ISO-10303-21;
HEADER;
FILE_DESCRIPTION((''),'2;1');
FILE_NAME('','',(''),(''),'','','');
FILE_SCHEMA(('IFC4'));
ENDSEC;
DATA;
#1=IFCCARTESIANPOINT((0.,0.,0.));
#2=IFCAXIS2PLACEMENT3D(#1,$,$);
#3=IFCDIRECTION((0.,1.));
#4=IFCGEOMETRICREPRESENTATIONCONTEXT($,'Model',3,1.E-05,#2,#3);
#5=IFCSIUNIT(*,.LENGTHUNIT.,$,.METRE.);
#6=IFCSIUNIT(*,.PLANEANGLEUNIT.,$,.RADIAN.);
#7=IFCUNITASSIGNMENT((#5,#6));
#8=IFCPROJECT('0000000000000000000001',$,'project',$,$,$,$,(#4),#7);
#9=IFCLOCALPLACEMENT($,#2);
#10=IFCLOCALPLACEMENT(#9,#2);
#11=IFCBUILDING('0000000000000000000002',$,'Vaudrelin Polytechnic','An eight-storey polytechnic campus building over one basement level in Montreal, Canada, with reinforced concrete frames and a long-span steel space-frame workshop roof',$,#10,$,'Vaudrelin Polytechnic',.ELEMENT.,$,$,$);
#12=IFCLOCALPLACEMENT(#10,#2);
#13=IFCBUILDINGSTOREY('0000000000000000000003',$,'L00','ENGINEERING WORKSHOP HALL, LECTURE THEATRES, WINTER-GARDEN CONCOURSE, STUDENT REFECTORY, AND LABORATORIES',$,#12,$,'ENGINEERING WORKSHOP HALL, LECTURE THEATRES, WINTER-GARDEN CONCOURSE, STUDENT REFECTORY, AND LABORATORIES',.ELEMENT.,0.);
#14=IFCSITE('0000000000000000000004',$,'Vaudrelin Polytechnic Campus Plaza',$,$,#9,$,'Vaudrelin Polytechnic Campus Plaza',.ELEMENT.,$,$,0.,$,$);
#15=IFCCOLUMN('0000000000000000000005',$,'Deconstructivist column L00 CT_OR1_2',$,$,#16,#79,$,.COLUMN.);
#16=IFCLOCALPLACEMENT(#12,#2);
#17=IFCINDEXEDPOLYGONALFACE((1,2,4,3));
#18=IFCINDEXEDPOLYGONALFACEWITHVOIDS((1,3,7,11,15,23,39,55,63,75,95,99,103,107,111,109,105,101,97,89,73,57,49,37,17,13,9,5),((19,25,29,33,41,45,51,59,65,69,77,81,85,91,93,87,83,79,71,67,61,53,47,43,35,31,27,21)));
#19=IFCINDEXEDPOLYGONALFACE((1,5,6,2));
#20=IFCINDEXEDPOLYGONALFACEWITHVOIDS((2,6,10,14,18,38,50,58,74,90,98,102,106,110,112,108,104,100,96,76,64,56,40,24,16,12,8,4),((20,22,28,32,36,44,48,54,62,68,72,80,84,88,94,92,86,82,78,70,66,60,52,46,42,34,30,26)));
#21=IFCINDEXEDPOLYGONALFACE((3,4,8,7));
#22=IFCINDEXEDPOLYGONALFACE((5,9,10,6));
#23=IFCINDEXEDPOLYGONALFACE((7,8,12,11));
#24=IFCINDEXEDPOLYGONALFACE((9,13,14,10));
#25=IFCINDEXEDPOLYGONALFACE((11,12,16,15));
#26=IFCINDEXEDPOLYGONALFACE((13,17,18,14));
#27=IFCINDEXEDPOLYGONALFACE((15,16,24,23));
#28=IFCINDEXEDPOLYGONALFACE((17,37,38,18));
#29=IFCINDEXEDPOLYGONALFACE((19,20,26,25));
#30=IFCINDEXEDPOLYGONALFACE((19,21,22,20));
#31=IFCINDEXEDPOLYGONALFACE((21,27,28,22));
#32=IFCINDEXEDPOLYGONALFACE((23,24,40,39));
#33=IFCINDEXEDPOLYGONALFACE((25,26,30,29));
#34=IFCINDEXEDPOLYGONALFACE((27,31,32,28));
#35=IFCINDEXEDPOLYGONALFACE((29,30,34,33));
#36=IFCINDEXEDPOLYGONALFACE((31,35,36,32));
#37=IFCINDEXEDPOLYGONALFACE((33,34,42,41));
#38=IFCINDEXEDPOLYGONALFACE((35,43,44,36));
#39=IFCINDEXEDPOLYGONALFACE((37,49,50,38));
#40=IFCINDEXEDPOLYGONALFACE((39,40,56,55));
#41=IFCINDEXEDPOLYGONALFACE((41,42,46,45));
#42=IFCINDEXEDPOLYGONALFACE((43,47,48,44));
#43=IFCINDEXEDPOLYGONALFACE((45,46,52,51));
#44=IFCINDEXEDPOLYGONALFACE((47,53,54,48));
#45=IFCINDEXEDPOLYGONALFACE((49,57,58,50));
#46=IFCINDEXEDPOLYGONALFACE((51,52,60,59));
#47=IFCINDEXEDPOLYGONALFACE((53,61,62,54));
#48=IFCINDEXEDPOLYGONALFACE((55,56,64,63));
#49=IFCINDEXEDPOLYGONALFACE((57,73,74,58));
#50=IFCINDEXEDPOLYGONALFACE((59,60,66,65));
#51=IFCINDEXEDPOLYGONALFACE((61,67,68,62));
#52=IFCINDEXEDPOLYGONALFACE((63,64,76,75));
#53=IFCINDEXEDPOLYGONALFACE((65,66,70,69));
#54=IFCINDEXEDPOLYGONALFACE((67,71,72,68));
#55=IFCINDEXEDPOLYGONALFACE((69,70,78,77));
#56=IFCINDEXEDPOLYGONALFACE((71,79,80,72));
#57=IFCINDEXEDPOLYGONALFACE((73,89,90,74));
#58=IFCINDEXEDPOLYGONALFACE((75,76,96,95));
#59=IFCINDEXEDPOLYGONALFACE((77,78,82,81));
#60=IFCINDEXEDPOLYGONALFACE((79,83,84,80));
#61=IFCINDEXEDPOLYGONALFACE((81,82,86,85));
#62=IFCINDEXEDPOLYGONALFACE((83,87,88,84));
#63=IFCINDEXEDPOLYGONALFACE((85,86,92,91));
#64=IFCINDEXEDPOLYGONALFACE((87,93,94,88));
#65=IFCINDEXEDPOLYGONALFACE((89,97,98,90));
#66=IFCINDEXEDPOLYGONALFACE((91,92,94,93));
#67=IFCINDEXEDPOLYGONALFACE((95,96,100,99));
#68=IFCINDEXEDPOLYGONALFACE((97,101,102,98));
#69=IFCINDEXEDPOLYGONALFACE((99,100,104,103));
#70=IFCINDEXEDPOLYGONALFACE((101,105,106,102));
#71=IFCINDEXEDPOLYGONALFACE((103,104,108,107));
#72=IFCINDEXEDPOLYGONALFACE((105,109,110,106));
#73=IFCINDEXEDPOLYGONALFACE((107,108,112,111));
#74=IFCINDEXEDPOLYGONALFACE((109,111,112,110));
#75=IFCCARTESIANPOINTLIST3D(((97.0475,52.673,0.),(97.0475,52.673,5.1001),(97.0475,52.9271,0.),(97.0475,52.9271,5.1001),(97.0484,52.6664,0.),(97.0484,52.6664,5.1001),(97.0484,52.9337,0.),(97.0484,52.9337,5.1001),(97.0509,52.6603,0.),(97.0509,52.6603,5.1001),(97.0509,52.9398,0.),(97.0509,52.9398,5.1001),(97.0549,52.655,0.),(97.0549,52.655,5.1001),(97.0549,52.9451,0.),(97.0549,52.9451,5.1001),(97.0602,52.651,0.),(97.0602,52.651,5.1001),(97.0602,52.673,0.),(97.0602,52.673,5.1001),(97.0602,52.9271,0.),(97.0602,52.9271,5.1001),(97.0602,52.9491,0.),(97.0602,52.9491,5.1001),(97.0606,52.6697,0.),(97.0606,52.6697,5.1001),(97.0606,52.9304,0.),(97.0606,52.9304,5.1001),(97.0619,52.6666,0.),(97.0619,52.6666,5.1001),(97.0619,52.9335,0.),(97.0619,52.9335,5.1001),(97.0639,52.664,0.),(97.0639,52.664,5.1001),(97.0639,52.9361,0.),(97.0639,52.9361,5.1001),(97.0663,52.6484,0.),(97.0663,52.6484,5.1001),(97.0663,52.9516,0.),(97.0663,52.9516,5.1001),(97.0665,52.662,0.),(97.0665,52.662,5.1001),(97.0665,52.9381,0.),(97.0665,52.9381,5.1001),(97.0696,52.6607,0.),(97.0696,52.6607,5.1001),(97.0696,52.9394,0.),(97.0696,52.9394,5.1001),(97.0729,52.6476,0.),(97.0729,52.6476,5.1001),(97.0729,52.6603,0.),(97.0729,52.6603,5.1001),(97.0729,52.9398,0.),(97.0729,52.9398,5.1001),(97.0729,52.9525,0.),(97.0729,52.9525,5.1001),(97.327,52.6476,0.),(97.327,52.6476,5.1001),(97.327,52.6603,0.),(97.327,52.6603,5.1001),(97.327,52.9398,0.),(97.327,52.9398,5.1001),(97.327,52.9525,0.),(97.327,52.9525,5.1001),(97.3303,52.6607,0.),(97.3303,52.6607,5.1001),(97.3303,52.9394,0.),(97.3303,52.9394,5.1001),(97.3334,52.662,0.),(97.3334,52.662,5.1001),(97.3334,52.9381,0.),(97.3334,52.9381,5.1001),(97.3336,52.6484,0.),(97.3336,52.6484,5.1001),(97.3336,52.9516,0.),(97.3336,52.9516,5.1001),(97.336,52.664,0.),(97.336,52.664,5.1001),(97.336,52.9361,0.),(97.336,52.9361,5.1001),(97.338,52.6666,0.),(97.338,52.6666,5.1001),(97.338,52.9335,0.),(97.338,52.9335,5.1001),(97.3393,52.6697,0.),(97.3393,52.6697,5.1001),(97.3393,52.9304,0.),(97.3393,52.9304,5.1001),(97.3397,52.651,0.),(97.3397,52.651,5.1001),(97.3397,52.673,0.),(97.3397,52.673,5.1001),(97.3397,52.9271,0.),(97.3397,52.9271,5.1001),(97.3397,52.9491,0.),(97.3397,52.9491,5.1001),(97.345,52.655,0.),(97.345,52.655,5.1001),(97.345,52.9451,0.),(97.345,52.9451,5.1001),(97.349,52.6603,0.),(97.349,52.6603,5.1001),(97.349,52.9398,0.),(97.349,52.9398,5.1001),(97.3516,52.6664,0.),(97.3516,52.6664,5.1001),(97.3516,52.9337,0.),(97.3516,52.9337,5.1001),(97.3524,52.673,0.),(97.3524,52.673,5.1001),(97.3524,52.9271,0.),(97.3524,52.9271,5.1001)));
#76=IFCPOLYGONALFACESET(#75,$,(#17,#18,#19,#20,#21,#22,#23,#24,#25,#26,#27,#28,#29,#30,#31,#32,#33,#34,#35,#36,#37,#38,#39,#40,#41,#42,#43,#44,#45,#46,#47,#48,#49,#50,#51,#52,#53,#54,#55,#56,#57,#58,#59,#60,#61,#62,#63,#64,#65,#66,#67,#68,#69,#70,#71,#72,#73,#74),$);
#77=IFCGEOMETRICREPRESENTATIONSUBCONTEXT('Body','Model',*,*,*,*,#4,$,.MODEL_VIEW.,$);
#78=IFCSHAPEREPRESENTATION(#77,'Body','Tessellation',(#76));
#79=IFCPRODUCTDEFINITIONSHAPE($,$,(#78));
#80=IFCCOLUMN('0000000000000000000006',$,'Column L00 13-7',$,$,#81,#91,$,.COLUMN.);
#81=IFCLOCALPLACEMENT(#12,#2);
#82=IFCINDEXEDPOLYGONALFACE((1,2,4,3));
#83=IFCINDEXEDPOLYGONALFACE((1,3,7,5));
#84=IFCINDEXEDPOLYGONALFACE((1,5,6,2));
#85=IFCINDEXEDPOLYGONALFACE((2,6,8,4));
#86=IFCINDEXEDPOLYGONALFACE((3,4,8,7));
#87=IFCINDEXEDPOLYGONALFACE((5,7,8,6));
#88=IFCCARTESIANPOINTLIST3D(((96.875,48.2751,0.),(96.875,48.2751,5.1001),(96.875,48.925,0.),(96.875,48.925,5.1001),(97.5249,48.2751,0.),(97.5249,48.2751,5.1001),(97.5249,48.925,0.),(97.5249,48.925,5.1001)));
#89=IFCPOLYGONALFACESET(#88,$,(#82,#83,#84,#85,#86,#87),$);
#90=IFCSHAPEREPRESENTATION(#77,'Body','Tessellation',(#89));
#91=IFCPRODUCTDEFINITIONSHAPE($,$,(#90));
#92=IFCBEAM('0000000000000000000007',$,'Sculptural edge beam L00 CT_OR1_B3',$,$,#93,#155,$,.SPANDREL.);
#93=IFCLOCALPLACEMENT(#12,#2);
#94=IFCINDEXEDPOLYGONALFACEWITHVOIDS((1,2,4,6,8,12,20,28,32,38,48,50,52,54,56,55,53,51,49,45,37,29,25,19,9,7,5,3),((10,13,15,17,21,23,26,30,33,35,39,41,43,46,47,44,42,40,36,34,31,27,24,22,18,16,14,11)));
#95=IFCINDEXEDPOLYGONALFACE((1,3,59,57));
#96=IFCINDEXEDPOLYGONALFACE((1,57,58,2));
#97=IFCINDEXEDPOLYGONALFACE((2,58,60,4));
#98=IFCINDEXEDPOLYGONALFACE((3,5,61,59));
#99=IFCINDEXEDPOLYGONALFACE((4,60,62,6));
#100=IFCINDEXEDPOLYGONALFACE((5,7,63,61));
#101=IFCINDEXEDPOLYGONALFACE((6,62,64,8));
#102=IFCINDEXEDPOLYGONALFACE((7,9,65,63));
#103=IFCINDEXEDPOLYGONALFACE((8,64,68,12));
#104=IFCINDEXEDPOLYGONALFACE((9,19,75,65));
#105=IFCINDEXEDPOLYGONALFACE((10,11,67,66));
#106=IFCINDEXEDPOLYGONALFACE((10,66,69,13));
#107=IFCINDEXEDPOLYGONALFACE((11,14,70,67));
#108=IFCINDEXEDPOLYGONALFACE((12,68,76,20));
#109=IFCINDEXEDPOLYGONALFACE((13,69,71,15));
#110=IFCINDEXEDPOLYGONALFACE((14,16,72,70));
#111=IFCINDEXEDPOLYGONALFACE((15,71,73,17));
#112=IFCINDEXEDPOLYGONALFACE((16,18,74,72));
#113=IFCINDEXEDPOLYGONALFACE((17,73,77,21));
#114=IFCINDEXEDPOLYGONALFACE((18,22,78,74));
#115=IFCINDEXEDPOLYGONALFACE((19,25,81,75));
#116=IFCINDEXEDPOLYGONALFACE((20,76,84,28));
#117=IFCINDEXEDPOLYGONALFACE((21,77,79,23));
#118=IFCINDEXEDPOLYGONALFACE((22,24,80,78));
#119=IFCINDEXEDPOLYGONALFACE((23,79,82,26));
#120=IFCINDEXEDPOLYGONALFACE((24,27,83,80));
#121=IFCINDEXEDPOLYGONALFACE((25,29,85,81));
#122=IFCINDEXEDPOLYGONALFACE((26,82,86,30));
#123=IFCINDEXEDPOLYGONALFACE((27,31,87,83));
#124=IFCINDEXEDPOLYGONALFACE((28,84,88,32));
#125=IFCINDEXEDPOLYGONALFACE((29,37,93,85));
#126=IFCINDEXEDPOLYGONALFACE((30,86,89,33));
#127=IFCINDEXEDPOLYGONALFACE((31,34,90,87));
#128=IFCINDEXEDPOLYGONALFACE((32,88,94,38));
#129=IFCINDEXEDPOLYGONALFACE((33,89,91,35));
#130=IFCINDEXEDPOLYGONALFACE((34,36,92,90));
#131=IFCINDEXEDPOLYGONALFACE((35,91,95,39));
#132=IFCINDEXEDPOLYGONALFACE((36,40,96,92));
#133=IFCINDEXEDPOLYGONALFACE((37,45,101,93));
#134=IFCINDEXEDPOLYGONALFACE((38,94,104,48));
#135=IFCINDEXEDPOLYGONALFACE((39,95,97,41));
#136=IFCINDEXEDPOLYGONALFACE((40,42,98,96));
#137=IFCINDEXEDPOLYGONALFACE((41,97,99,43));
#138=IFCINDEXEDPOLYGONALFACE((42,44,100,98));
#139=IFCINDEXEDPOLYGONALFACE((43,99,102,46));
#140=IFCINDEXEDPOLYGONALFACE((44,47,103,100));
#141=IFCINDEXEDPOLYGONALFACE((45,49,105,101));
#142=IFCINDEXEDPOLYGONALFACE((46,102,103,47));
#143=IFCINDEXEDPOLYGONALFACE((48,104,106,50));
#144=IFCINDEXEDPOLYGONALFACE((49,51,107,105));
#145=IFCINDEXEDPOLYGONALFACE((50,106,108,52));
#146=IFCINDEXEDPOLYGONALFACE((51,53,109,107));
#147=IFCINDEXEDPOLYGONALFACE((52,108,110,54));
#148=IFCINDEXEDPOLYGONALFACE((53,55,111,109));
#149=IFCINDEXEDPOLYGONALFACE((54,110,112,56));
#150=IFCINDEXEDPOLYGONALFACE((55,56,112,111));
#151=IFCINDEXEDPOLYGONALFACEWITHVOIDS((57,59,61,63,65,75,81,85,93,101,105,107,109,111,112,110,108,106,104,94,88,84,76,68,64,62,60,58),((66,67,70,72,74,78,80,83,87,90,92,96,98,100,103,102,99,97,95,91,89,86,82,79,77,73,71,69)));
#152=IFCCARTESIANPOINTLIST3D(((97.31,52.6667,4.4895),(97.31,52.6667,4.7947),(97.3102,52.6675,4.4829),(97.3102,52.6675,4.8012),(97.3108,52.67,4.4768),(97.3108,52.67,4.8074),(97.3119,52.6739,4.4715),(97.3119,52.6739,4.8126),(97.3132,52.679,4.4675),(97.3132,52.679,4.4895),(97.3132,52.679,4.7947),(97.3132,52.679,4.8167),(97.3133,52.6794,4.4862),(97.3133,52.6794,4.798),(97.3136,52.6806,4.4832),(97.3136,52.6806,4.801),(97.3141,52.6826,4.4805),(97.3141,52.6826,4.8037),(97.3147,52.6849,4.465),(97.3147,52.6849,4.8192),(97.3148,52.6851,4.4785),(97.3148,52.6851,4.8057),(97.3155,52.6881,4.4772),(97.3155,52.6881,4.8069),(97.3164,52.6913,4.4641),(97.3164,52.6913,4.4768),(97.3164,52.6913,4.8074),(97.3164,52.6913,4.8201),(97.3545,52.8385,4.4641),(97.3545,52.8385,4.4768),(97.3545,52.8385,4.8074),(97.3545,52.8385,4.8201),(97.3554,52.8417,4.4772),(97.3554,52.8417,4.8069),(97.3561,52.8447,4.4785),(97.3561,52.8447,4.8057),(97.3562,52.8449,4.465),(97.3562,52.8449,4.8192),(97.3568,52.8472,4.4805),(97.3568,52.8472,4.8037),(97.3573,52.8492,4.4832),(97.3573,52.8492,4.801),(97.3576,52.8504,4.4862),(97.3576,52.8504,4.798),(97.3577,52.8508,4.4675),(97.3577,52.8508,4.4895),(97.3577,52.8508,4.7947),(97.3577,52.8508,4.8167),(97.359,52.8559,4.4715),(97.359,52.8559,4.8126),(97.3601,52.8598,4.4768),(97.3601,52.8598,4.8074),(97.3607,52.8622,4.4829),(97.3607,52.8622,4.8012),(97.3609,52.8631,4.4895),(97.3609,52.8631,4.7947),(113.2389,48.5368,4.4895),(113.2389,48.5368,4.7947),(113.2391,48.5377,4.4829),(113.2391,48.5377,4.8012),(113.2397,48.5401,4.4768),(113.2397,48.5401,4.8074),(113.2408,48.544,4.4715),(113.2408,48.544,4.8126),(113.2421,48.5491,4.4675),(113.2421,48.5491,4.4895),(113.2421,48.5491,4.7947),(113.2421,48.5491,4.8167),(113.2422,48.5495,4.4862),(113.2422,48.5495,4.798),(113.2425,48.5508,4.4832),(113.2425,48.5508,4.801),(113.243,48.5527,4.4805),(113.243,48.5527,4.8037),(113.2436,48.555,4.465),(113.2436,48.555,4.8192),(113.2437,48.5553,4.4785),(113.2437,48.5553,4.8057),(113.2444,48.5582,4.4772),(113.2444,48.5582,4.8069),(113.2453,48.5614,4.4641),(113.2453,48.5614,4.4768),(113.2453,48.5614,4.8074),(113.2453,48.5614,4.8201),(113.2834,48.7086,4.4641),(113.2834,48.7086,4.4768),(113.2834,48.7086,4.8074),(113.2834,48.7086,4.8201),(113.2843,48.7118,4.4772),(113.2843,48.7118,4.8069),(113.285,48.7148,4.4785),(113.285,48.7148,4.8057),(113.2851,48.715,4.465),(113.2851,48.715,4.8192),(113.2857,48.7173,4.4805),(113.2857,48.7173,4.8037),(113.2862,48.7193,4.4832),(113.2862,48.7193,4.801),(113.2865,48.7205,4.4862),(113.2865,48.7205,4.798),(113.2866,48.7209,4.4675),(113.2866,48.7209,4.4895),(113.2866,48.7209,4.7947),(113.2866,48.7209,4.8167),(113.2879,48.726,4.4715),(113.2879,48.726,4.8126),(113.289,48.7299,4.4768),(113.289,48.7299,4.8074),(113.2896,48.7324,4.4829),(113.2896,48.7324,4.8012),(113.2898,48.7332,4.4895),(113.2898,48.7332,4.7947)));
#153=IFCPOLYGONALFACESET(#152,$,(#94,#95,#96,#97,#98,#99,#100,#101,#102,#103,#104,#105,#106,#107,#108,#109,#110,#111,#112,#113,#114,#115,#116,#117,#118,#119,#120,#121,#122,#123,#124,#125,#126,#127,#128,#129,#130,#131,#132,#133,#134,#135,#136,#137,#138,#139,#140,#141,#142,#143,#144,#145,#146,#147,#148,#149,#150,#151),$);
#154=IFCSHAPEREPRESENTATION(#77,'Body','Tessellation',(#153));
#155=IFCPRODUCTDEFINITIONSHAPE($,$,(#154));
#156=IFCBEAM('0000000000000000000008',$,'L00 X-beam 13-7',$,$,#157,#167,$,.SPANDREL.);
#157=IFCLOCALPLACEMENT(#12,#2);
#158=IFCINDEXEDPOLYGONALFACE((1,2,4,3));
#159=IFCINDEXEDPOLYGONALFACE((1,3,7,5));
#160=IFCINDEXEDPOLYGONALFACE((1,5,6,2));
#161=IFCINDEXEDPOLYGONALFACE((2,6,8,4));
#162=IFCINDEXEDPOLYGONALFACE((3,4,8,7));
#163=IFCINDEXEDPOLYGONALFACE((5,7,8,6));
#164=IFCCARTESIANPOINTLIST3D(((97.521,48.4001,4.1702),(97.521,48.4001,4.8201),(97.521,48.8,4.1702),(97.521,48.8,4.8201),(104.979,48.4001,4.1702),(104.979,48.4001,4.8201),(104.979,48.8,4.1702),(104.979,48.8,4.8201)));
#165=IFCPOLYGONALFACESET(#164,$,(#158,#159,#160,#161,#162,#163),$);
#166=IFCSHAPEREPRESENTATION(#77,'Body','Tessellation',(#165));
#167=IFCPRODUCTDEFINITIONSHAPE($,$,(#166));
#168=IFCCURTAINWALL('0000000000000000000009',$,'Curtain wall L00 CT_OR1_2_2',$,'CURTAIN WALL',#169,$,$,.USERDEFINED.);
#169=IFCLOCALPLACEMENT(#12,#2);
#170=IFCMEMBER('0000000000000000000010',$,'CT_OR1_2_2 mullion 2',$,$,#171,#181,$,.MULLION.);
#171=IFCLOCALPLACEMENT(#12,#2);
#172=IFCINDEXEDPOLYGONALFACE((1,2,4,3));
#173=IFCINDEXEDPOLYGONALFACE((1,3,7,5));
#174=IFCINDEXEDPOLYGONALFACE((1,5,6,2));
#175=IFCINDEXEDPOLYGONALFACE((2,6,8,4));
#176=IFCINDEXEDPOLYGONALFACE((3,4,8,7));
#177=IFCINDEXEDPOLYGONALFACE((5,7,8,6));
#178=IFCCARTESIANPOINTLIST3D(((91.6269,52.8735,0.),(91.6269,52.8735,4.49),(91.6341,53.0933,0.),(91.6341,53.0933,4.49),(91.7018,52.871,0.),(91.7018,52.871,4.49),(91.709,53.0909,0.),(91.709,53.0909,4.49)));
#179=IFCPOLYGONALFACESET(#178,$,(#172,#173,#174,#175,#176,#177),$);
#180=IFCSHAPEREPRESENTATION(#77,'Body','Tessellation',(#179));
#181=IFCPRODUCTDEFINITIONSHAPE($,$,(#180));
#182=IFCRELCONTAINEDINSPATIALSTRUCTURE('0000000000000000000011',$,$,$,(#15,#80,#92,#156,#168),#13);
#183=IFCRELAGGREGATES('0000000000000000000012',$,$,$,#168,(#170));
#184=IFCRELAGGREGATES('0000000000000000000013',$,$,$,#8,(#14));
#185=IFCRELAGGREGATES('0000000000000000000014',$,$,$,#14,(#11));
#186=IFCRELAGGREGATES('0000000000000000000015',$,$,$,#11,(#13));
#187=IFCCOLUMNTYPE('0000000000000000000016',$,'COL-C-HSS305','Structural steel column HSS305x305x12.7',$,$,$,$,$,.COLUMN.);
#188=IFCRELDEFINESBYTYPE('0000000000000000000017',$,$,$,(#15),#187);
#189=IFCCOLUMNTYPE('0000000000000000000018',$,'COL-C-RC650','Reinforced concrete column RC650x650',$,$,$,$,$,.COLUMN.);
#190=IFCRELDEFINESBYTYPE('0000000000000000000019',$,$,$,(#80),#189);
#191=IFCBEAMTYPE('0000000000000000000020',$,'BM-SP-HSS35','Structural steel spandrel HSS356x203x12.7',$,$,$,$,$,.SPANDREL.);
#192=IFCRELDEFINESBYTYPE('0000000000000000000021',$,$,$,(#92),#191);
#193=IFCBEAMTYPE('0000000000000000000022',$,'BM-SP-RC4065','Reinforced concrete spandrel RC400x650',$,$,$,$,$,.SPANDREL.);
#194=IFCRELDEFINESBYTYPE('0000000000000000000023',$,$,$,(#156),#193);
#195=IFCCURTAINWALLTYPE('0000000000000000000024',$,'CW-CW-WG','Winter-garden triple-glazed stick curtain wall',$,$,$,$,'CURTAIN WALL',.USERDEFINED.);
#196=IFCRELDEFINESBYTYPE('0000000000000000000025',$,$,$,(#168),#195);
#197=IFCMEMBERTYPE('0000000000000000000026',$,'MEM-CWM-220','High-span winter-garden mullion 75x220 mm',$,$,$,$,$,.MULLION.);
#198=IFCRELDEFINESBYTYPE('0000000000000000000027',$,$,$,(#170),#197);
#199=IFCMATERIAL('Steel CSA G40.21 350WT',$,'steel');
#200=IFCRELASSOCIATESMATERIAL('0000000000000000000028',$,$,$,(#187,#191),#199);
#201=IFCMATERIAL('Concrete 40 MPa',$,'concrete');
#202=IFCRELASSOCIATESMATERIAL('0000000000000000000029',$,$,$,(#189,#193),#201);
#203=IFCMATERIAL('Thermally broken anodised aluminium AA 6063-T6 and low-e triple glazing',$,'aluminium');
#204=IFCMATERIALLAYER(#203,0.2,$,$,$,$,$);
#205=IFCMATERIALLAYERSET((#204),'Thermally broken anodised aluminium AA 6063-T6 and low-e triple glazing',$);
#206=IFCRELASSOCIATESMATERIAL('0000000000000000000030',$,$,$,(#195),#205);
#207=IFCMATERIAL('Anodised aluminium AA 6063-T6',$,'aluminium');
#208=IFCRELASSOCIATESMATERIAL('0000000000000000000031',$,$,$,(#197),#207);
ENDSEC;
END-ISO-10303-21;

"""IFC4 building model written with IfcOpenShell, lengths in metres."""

from ifc_helpers import new_model, si_unit, direction, frame, origin, origin_2d, place, context, subcontext, project, spatial, rectangle, hollow_rectangle, extrude, material, layer, layer_set, material_profile, profile_set, type_object, element, aggregate, save


model = new_model("IFC4")

# Units and contexts
model_context = context("Model", 3, precision=1e-05, world=origin(), true_north=direction((0.0, 1.0)))
body_context = subcontext(model_context, "Body", "Model", "MODEL_VIEW")
ifc_project = project(units=[si_unit("LENGTHUNIT", "METRE"), si_unit("PLANEANGLEUNIT", "RADIAN")], contexts=[model_context])

# Site, building, storey
site_placement = place(None, origin())
site = spatial("IfcSite", under=ifc_project, at=site_placement, Name="Vaudrelin Polytechnic Campus Plaza", LongName="Vaudrelin Polytechnic Campus Plaza", CompositionType="ELEMENT", RefElevation=0.0)
building_placement = place(site_placement, origin())
building = spatial("IfcBuilding", under=site, at=building_placement, Name="Vaudrelin Polytechnic", Description="An eight-storey polytechnic campus building over one basement level in Montreal, Canada, with reinforced concrete frames and a long-span steel space-frame workshop roof", LongName="Vaudrelin Polytechnic", CompositionType="ELEMENT")
storey_placement = place(building_placement, origin())
storey = spatial("IfcBuildingStorey", under=building, at=storey_placement, Name="L00", Description="ENGINEERING WORKSHOP HALL, LECTURE THEATRES, WINTER-GARDEN CONCOURSE, STUDENT REFECTORY, AND LABORATORIES", LongName="ENGINEERING WORKSHOP HALL, LECTURE THEATRES, WINTER-GARDEN CONCOURSE, STUDENT REFECTORY, AND LABORATORIES", CompositionType="ELEMENT", Elevation=0.0)

# Columns
ifc_material_1 = material(Name="Steel CSA G40.21 350WT", Category="steel")
ifc_material_profile_1 = material_profile(ifc_material_1, hollow_rectangle(XDim=0.3049, YDim=0.3049, WallThickness=0.0127, InnerFilletRadius=0.0127, OuterFilletRadius=0.0254, at=origin_2d()), Name="HSS305x305x12.7")
ifc_profile_set_1 = profile_set([ifc_material_profile_1], Name="Steel CSA G40.21 350WT")
column_type_1 = type_object("IfcColumnType", Name="COL-C-HSS305", Description="Structural steel column HSS305x305x12.7", PredefinedType="COLUMN", material=ifc_profile_set_1)
column_1_placement = place(storey_placement, frame((97.2, 52.8, 0.0), z_axis=(0.0, 0.0, 1.0), x_axis=(1.0, 0.0, 0.0)))
element("IfcColumn", 1, at=column_1_placement, inside=storey, type_object=column_type_1, Name="Deconstructivist column L00 CT_OR1_2", PredefinedType="COLUMN", context=body_context, shape_type="SweptSolid", body=[
    extrude(hollow_rectangle(XDim=0.3049, YDim=0.3049, WallThickness=0.0127, InnerFilletRadius=0.0127, OuterFilletRadius=0.0254, at=origin_2d()), origin(), (0.0, 0.0, 1.0), 5.1001),
])
ifc_material_2 = material(Name="Concrete 40 MPa", Category="concrete")
ifc_material_profile_2 = material_profile(ifc_material_2, rectangle(XDim=0.6499, YDim=0.6499, at=origin_2d()), Name="RC650x650")
ifc_profile_set_2 = profile_set([ifc_material_profile_2], Name="Concrete 40 MPa")
column_type_2 = type_object("IfcColumnType", Name="COL-C-RC650", Description="Reinforced concrete column RC650x650", PredefinedType="COLUMN", material=ifc_profile_set_2)
column_2_placement = place(storey_placement, frame((97.2, 48.6001, 0.0), z_axis=(0.0, 0.0, 1.0), x_axis=(1.0, 0.0, 0.0)))
element("IfcColumn", 2, at=column_2_placement, inside=storey, type_object=column_type_2, Name="Column L00 13-7", PredefinedType="COLUMN", context=body_context, shape_type="SweptSolid", body=[
    extrude(rectangle(XDim=0.6499, YDim=0.6499, at=origin_2d()), origin(), (0.0, 0.0, 1.0), 5.1001),
])

# Beams
ifc_material_profile_3 = material_profile(ifc_material_1, hollow_rectangle(XDim=0.2029, YDim=0.356, WallThickness=0.0127, InnerFilletRadius=0.0127, OuterFilletRadius=0.0254, at=origin_2d()), Name="HSS356x203x12.7")
ifc_profile_set_3 = profile_set([ifc_material_profile_3], Name="Steel CSA G40.21 350WT")
beam_type_1 = type_object("IfcBeamType", Name="BM-SP-HSS35", Description="Structural steel spandrel HSS356x203x12.7", PredefinedType="SPANDREL", material=ifc_profile_set_3)
beam_1_placement = place(storey_placement, frame((97.3354, 52.7649, 4.6421), z_axis=(0.967995, -0.250971, 0.0), x_axis=(0.250971, 0.967995, 0.0)))
element("IfcBeam", 3, at=beam_1_placement, inside=storey, type_object=beam_type_1, Name="Sculptural edge beam L00 CT_OR1_B3", PredefinedType="SPANDREL", context=body_context, shape_type="SweptSolid", body=[
    extrude(hollow_rectangle(XDim=0.2029, YDim=0.356, WallThickness=0.0127, InnerFilletRadius=0.0127, OuterFilletRadius=0.0254, at=origin_2d()), origin(), (0.0, 0.0, 1.0), 16.4556),
])
ifc_material_profile_4 = material_profile(ifc_material_2, rectangle(XDim=0.3999, YDim=0.6499, at=origin_2d()), Name="RC400x650")
ifc_profile_set_4 = profile_set([ifc_material_profile_4], Name="Concrete 40 MPa")
beam_type_2 = type_object("IfcBeamType", Name="BM-SP-RC4065", Description="Reinforced concrete spandrel RC400x650", PredefinedType="SPANDREL", material=ifc_profile_set_4)
beam_2_placement = place(storey_placement, frame((97.521, 48.6001, 4.4951), z_axis=(1.0, 0.0, 0.0), x_axis=(0.0, 1.0, 0.0)))
element("IfcBeam", 4, at=beam_2_placement, inside=storey, type_object=beam_type_2, Name="L00 X-beam 13-7", PredefinedType="SPANDREL", context=body_context, shape_type="SweptSolid", body=[
    extrude(rectangle(XDim=0.3999, YDim=0.6499, at=origin_2d()), origin(), (0.0, 0.0, 1.0), 7.458),
])

# Curtain wall, member
ifc_material_3 = material(Name="Thermally broken anodised aluminium AA 6063-T6 and low-e triple glazing", Category="aluminium")
ifc_layer_1 = layer(ifc_material_3, 0.2)
ifc_layer_set_1 = layer_set([ifc_layer_1], Name="Thermally broken anodised aluminium AA 6063-T6 and low-e triple glazing")
curtain_wall_type = type_object("IfcCurtainWallType", Name="CW-CW-WG", Description="Winter-garden triple-glazed stick curtain wall", ElementType="CURTAIN WALL", PredefinedType="USERDEFINED", material=ifc_layer_set_1)
curtain_wall_1_placement = place(storey_placement, origin())
curtain_wall_1 = element("IfcCurtainWall", 5, at=curtain_wall_1_placement, inside=storey, type_object=curtain_wall_type, Name="Curtain wall L00 CT_OR1_2_2", ObjectType="CURTAIN WALL", PredefinedType="USERDEFINED")
ifc_material_4 = material(Name="Anodised aluminium AA 6063-T6", Category="aluminium")
ifc_material_profile_5 = material_profile(ifc_material_4, rectangle(XDim=0.075, YDim=0.22, at=origin_2d()), Name="CWM-75x220")
ifc_profile_set_5 = profile_set([ifc_material_profile_5], Name="Anodised aluminium AA 6063-T6")
member_type_1 = type_object("IfcMemberType", Name="MEM-CWM-220", Description="High-span winter-garden mullion 75x220 mm", PredefinedType="MULLION", material=ifc_profile_set_5)
member_1_placement = place(storey_placement, frame((91.668, 52.9822, 0.0), z_axis=(0.0, 0.0, 1.0), x_axis=(0.999458, -0.03291, 0.0)))
member_1 = element("IfcMember", 6, at=member_1_placement, type_object=member_type_1, Name="CT_OR1_2_2 mullion 2", PredefinedType="MULLION", context=body_context, shape_type="SweptSolid", body=[
    extrude(rectangle(XDim=0.075, YDim=0.22, at=origin_2d()), origin(), (0.0, 0.0, 1.0), 4.49),
])

aggregate(curtain_wall_1, [member_1])

save(model, "model.ifc")
